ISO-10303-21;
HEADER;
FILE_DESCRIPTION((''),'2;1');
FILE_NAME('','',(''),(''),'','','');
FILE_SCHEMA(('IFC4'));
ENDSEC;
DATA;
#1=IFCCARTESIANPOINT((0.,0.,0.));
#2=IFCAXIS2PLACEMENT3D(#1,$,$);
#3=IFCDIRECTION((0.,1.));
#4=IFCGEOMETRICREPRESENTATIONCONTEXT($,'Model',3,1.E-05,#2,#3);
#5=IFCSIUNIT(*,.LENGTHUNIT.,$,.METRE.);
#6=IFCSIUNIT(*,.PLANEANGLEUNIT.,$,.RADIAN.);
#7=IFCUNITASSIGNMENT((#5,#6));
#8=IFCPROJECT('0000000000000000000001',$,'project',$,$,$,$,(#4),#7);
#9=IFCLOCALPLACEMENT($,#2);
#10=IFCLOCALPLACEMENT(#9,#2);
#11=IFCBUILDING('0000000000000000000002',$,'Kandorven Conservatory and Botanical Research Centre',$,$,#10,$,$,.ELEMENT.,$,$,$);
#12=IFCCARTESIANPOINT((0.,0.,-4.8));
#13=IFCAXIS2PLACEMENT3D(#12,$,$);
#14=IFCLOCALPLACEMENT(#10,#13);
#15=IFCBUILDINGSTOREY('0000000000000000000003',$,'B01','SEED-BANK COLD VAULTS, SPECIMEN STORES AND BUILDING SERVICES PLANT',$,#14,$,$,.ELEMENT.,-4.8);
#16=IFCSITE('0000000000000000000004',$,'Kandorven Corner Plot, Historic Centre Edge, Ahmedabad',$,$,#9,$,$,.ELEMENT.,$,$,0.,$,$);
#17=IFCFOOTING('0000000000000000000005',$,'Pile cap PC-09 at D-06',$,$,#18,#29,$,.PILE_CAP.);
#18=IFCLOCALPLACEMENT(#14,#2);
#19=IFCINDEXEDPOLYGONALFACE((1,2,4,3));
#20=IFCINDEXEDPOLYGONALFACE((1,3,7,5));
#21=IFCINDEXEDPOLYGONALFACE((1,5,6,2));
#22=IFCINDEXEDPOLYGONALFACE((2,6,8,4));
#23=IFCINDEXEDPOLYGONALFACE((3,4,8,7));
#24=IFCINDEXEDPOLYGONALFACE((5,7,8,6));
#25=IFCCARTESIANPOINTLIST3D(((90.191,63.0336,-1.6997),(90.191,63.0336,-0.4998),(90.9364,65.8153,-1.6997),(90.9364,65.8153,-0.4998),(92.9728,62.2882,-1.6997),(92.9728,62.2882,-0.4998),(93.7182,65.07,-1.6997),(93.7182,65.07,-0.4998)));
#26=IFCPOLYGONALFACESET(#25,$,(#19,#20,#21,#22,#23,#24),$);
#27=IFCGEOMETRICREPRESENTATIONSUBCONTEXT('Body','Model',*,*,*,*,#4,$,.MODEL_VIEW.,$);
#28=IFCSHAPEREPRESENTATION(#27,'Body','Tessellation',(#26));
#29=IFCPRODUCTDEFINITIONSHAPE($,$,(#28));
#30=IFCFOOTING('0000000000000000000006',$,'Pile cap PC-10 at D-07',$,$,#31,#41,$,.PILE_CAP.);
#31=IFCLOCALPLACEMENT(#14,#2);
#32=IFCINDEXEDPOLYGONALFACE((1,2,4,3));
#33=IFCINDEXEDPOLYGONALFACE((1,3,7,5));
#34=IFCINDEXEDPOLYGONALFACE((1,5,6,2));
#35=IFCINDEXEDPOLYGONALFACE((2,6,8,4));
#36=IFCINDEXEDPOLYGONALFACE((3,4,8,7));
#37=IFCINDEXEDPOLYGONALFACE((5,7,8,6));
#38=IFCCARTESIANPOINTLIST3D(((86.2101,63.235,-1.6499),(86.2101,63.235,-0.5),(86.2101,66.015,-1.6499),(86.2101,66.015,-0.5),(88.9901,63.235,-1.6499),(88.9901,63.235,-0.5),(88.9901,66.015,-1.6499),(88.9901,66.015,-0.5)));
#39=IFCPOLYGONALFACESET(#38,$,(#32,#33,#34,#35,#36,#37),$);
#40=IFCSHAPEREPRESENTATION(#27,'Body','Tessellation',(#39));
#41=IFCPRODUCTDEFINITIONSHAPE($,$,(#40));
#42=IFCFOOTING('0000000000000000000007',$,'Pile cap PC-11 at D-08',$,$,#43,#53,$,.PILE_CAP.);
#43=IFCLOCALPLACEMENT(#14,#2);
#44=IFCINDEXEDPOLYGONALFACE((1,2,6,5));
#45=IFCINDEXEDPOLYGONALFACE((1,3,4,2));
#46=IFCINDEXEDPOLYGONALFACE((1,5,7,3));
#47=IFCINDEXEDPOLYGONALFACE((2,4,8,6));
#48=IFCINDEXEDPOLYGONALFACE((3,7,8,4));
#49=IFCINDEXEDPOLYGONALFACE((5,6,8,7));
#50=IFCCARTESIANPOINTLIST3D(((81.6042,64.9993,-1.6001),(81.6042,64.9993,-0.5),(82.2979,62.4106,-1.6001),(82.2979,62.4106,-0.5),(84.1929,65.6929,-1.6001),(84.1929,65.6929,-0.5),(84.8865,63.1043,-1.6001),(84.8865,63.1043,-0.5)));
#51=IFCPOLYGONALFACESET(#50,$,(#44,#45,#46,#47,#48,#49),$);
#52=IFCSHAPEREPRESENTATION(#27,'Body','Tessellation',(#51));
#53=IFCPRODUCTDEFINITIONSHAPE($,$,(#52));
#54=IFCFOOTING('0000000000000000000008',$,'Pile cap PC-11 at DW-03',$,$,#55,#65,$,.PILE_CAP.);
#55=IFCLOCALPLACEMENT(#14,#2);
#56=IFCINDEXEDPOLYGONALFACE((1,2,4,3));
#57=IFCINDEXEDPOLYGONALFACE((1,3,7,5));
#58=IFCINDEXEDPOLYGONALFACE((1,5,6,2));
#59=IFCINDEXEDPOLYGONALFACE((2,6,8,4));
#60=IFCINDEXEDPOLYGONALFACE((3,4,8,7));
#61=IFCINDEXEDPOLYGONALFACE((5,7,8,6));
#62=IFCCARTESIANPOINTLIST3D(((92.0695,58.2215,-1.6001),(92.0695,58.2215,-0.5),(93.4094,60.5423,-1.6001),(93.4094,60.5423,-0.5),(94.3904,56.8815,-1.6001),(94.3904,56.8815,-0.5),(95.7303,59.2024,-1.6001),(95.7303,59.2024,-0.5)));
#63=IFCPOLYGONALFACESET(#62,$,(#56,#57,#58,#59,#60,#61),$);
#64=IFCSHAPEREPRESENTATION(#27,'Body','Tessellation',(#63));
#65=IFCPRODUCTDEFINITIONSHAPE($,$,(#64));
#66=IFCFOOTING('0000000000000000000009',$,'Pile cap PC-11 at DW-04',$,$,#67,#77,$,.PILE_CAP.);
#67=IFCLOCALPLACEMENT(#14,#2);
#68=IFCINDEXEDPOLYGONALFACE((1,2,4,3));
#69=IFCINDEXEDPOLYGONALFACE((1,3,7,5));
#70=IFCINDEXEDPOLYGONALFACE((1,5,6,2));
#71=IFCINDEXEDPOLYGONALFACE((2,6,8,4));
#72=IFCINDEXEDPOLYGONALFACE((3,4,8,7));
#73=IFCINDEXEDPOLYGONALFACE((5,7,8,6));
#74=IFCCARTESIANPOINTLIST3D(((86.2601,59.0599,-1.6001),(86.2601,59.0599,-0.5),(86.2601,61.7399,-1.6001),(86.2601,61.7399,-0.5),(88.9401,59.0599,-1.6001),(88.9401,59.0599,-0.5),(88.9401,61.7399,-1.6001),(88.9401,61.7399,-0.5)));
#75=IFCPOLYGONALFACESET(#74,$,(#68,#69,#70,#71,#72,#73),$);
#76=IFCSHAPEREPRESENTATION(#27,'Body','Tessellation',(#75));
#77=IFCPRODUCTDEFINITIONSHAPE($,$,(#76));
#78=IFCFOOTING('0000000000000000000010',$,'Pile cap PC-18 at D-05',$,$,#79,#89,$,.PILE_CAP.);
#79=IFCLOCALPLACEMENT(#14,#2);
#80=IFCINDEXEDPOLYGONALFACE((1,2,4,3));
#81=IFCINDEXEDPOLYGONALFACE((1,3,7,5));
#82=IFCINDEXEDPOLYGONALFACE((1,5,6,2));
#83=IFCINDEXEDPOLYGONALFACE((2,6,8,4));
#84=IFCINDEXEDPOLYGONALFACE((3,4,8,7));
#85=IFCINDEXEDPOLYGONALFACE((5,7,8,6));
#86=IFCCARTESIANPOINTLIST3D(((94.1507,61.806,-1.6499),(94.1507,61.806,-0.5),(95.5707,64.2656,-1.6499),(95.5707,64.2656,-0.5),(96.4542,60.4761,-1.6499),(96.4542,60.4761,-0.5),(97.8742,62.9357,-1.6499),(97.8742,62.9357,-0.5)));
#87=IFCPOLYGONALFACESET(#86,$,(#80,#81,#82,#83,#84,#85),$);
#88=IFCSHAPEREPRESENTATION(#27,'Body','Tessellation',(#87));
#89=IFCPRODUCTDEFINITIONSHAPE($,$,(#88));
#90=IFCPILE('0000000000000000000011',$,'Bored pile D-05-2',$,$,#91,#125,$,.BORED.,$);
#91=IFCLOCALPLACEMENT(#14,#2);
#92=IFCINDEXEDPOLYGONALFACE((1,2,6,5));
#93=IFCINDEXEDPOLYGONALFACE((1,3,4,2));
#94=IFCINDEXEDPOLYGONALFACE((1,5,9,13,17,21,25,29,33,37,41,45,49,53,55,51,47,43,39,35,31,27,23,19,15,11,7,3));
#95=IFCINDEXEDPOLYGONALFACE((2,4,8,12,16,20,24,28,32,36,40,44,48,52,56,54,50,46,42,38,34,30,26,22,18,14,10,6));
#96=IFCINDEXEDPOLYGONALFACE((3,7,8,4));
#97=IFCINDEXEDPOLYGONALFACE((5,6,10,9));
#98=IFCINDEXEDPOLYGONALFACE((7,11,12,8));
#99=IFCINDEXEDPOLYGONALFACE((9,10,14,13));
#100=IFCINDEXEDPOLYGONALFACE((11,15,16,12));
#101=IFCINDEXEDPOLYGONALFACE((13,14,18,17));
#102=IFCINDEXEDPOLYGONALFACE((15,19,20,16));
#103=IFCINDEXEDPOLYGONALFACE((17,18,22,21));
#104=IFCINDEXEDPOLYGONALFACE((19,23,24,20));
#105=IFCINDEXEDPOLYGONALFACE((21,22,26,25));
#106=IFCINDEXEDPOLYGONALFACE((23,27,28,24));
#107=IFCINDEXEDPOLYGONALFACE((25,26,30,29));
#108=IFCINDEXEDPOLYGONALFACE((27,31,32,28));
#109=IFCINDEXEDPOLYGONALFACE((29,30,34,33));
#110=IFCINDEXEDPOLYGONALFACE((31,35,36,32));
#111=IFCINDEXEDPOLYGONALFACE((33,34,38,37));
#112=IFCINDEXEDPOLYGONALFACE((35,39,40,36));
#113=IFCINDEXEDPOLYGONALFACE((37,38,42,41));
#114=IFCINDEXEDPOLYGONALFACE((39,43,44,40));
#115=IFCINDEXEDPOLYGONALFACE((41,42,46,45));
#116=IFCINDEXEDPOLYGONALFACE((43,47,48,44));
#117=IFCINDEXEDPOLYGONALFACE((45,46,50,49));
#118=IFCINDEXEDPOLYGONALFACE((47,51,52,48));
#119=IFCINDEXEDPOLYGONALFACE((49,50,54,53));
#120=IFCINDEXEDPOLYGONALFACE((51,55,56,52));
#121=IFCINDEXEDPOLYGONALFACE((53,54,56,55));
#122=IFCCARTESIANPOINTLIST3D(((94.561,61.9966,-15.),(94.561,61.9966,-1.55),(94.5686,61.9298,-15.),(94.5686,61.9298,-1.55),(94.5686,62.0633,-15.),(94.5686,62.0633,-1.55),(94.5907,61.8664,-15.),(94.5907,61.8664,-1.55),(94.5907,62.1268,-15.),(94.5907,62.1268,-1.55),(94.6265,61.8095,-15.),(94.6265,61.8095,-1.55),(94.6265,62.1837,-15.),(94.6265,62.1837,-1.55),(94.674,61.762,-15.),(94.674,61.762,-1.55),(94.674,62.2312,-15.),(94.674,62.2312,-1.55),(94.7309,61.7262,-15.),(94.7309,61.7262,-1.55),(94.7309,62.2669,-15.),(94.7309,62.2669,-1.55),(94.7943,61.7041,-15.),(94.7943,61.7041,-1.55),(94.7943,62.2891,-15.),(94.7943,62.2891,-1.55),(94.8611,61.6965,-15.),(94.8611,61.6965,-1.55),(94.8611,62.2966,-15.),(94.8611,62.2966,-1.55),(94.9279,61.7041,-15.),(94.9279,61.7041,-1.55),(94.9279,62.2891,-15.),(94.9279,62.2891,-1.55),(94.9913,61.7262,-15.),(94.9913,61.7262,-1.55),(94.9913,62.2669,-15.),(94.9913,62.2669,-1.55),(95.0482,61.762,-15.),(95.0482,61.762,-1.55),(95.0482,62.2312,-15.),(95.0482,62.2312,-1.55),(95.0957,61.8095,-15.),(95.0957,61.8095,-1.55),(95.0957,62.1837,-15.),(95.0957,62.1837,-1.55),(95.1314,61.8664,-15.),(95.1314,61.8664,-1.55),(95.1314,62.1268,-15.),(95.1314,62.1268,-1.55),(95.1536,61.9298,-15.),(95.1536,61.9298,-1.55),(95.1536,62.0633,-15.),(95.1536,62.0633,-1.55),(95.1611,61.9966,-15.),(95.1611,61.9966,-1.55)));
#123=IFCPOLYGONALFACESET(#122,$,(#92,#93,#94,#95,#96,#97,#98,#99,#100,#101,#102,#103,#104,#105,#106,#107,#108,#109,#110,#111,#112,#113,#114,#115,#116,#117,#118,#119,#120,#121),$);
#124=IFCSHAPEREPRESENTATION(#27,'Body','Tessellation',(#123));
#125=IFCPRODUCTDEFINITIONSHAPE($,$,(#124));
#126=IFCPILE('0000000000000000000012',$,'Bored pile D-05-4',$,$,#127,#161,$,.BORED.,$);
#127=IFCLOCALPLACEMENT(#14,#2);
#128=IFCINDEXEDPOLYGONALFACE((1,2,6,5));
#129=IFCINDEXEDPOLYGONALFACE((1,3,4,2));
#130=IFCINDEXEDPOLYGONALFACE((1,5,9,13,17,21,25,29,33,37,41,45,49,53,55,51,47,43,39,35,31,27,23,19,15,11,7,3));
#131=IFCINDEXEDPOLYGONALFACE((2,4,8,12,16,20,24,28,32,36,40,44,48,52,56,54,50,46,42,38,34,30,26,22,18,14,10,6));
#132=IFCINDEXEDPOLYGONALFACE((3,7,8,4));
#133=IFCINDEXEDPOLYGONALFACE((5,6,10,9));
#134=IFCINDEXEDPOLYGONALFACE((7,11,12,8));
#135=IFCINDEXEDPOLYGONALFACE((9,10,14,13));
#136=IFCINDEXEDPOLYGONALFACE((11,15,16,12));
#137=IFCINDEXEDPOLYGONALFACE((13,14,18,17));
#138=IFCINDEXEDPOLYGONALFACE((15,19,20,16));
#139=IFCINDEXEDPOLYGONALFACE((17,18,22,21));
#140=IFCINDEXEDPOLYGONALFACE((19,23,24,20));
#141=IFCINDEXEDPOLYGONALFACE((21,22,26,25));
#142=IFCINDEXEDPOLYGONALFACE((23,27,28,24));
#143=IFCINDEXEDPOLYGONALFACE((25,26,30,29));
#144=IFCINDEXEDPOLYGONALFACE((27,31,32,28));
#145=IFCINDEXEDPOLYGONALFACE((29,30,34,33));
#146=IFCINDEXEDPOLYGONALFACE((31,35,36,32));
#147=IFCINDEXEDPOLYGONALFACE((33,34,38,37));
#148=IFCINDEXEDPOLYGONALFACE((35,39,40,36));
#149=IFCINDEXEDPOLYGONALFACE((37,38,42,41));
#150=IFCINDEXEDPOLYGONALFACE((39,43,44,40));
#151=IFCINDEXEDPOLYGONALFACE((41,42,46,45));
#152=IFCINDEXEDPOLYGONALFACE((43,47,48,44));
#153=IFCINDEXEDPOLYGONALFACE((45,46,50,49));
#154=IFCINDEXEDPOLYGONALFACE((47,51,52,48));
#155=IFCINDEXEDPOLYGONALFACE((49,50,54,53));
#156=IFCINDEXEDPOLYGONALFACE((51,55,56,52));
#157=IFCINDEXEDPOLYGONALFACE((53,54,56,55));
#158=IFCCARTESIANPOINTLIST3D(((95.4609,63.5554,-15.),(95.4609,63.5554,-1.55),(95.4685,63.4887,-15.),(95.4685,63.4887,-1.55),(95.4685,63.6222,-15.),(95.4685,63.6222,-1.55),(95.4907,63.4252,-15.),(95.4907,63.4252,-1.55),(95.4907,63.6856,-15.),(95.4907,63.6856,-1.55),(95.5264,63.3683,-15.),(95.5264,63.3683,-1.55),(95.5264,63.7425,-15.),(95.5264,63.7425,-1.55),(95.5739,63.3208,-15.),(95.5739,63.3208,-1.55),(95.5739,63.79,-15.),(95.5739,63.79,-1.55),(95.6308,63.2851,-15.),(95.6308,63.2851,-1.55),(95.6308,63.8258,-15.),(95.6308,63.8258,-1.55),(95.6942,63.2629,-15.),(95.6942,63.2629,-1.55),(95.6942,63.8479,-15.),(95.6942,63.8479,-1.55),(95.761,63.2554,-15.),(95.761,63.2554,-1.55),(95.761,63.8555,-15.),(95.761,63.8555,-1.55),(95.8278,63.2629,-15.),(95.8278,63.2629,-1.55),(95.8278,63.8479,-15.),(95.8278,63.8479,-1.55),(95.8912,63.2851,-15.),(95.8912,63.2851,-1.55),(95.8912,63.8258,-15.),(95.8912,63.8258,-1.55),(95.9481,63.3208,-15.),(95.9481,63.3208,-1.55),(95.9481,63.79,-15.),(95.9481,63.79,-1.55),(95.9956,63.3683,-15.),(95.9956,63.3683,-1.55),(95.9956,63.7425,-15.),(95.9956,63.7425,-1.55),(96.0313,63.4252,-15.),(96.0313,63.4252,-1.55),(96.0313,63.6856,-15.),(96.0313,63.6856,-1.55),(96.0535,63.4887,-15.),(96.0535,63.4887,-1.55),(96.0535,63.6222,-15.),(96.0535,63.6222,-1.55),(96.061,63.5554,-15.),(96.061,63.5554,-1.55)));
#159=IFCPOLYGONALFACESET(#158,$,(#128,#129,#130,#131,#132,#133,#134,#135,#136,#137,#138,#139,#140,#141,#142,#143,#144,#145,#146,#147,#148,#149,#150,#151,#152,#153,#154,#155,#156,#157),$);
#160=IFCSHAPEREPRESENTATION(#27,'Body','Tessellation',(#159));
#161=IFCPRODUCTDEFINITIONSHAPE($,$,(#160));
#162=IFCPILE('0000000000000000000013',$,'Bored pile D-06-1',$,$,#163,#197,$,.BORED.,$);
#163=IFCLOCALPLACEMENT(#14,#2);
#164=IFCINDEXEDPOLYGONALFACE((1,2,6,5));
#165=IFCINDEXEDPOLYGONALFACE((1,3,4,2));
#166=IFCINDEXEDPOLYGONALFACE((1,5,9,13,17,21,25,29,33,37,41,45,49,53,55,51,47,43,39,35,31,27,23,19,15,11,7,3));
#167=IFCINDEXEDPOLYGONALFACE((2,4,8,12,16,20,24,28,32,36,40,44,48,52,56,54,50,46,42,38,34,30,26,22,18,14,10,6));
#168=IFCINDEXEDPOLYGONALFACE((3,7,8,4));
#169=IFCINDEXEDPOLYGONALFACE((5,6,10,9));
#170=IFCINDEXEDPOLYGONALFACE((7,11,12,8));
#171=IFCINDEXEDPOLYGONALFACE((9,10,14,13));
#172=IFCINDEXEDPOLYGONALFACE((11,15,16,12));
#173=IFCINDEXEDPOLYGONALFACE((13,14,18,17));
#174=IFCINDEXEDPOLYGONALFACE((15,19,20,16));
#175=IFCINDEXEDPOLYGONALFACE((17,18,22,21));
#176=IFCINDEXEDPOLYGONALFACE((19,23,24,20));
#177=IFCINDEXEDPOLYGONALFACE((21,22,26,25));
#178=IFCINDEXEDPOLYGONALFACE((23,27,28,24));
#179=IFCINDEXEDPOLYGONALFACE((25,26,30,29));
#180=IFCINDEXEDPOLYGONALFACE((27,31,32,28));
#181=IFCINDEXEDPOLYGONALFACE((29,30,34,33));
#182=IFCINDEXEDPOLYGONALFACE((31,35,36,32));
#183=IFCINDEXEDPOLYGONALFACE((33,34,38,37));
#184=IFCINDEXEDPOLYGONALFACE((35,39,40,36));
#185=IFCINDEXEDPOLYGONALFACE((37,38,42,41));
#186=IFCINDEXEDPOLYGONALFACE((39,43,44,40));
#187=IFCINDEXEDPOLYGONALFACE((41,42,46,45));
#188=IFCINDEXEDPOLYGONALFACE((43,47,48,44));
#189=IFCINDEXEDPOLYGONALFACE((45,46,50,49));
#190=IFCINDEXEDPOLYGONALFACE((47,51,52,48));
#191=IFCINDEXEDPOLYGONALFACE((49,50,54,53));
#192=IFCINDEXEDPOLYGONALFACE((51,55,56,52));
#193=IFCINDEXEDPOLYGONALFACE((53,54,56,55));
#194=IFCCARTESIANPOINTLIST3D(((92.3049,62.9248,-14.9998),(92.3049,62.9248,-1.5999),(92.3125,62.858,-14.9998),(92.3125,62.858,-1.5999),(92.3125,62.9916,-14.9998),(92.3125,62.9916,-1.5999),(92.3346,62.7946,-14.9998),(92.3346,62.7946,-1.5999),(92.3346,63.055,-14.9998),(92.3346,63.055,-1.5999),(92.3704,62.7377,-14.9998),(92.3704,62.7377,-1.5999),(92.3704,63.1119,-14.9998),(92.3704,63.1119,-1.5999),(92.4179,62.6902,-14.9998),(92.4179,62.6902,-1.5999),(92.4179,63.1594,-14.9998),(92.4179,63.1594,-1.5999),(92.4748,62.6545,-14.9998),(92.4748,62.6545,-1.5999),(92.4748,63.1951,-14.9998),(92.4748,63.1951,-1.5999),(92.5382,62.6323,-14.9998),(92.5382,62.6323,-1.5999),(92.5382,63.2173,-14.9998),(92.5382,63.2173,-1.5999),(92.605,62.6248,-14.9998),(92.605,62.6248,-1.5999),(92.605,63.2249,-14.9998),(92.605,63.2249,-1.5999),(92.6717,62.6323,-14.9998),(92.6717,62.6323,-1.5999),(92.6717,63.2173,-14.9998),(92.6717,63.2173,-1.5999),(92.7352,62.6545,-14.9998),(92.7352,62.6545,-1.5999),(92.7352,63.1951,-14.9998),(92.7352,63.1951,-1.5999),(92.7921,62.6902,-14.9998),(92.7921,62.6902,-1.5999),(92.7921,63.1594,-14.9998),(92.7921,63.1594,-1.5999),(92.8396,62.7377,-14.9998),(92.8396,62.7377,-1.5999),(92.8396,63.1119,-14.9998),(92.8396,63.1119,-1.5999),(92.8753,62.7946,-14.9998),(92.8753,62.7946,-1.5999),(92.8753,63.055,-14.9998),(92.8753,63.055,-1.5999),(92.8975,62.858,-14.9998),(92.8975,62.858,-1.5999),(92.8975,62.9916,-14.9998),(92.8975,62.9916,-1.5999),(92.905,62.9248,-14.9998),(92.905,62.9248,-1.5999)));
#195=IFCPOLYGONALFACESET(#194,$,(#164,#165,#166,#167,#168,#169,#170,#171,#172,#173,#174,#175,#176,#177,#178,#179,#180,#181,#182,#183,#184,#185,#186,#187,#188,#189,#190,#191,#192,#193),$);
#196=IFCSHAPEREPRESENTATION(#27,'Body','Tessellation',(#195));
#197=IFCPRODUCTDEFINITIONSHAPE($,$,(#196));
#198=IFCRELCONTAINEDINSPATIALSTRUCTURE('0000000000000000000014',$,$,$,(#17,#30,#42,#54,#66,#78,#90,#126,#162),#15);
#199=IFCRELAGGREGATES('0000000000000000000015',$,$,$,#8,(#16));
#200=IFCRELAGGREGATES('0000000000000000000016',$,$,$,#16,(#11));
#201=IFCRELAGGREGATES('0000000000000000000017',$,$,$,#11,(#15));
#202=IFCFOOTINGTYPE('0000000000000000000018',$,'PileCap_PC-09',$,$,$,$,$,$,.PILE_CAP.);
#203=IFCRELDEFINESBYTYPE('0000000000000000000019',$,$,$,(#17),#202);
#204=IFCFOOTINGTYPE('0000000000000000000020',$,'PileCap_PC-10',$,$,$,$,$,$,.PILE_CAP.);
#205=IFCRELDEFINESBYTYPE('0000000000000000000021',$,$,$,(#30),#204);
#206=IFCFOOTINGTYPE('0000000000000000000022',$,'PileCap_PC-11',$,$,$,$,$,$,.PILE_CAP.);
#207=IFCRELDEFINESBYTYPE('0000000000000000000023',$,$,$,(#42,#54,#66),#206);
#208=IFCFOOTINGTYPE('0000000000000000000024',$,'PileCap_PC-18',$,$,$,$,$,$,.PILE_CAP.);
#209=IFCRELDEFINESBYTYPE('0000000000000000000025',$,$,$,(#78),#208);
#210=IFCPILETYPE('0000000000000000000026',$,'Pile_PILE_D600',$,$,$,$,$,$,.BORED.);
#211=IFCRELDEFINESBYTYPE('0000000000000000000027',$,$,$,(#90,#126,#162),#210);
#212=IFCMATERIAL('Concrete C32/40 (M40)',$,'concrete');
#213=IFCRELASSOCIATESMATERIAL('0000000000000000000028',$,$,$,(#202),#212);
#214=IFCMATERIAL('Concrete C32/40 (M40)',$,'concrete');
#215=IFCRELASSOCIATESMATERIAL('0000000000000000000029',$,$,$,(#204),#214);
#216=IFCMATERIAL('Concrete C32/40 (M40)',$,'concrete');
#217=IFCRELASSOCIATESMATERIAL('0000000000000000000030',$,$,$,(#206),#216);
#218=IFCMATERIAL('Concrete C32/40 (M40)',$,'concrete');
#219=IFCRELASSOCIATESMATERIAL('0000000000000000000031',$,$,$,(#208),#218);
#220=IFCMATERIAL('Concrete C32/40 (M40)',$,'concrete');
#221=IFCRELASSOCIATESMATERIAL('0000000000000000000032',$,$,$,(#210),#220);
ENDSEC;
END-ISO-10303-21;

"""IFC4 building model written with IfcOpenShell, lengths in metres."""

from ifc_helpers import new_model, si_unit, direction, frame, origin, origin_2d, place, context, subcontext, project, spatial, rectangle, circle, extrude, material, material_profile, profile_set, type_object, element, save


model = new_model("IFC4")

# Units and contexts
model_context = context("Model", 3, precision=1e-05, world=origin(), true_north=direction((0.0, 1.0)))
body_context = subcontext(model_context, "Body", "Model", "MODEL_VIEW")
ifc_project = project(units=[si_unit("LENGTHUNIT", "METRE"), si_unit("PLANEANGLEUNIT", "RADIAN")], contexts=[model_context])

# Site, building, storey
site_placement = place(None, origin())
site = spatial("IfcSite", under=ifc_project, at=site_placement, Name="Kandorven Corner Plot, Historic Centre Edge, Ahmedabad", CompositionType="ELEMENT", RefElevation=0.0)
building_placement = place(site_placement, origin())
building = spatial("IfcBuilding", under=site, at=building_placement, Name="Kandorven Conservatory and Botanical Research Centre", CompositionType="ELEMENT")
storey_placement = place(building_placement, frame((0.0, 0.0, -4.8)))
storey = spatial("IfcBuildingStorey", under=building, at=storey_placement, Name="B01", Description="SEED-BANK COLD VAULTS, SPECIMEN STORES AND BUILDING SERVICES PLANT", CompositionType="ELEMENT", Elevation=-4.8)

# Footings
ifc_material_1 = material(Name="Concrete C32/40 (M40)", Category="concrete")
footing_type_1 = type_object("IfcFootingType", Name="PileCap_PC-09", PredefinedType="PILE_CAP", material=ifc_material_1)
footing_1_placement = place(storey_placement, frame((91.9546, 64.0518, -1.6997), z_axis=(0.0, 0.0, 1.0), x_axis=(0.258819, 0.965926, 0.0)))
element("IfcFooting", 1, at=footing_1_placement, inside=storey, type_object=footing_type_1, Name="Pile cap PC-09 at D-06", PredefinedType="PILE_CAP", context=body_context, shape_type="SweptSolid", body=[
    extrude(rectangle(XDim=2.8799, YDim=2.8799, at=origin_2d()), origin(), (0.0, 0.0, 1.0), 1.2),
])
ifc_material_2 = material(Name="Concrete C32/40 (M40)", Category="concrete")
footing_type_2 = type_object("IfcFootingType", Name="PileCap_PC-10", PredefinedType="PILE_CAP", material=ifc_material_2)
footing_2_placement = place(storey_placement, frame((87.6001, 64.625, -1.6499), z_axis=(0.0, 0.0, 1.0), x_axis=(0.0, 1.0, 0.0)))
element("IfcFooting", 2, at=footing_2_placement, inside=storey, type_object=footing_type_2, Name="Pile cap PC-10 at D-07", PredefinedType="PILE_CAP", context=body_context, shape_type="SweptSolid", body=[
    extrude(rectangle(XDim=2.78, YDim=2.78, at=origin_2d()), origin(), (0.0, 0.0, 1.0), 1.1499),
])
ifc_material_3 = material(Name="Concrete C32/40 (M40)", Category="concrete")
footing_type_3 = type_object("IfcFootingType", Name="PileCap_PC-11", PredefinedType="PILE_CAP", material=ifc_material_3)
for number, where, z_axis, x_axis, name in (
    (3, (83.2454, 64.0518, -1.6001), (0.0, 0.0, 1.0), (-0.258819, 0.965926, 0.0), "Pile cap PC-11 at D-08"),
    (4, (93.8999, 58.7119, -1.6001), (0.0, 0.0, 1.0), (0.5, 0.866025, 0.0), "Pile cap PC-11 at DW-03"),
    (5, (87.6001, 60.3999, -1.6001), (0.0, 0.0, 1.0), (0.0, 1.0, 0.0), "Pile cap PC-11 at DW-04"),
):
    element("IfcFooting", number, at=place(storey_placement, frame(where, z_axis=z_axis, x_axis=x_axis)), inside=storey, type_object=footing_type_3, Name=name, PredefinedType="PILE_CAP", context=body_context, shape_type="SweptSolid", body=[
        extrude(rectangle(XDim=2.6799, YDim=2.6799, at=origin_2d()), origin(), (0.0, 0.0, 1.0), 1.1001),
    ])
ifc_material_4 = material(Name="Concrete C32/40 (M40)", Category="concrete")
footing_type_4 = type_object("IfcFootingType", Name="PileCap_PC-18", PredefinedType="PILE_CAP", material=ifc_material_4)
footing_3_placement = place(storey_placement, frame((96.0125, 62.3708, -1.6499), z_axis=(0.0, 0.0, 1.0), x_axis=(0.5, 0.866025, 0.0)))
element("IfcFooting", 6, at=footing_3_placement, inside=storey, type_object=footing_type_4, Name="Pile cap PC-18 at D-05", PredefinedType="PILE_CAP", context=body_context, shape_type="SweptSolid", body=[
    extrude(rectangle(XDim=2.8401, YDim=2.6599, at=origin_2d()), origin(), (0.0, 0.0, 1.0), 1.1499),
])

# Piles
ifc_material_5 = material(Name="Concrete C32/40 (M40)", Category="concrete")
ifc_material_profile_1 = material_profile(ifc_material_5, circle(Radius=0.3, at=origin_2d()))
ifc_profile_set_1 = profile_set([ifc_material_profile_1], Name="Concrete C32/40 (M40)")
pile_type = type_object("IfcPileType", Name="Pile_PILE_D600", PredefinedType="BORED", material=ifc_profile_set_1)
for number, where, z_axis, x_axis, name in (
    (7, (94.8611, 61.9966, -1.55), (0.0, 0.0, -1.0), (1.0, 0.0, 0.0), "Bored pile D-05-2"),
    (8, (95.761, 63.5554, -1.55), (0.0, 0.0, -1.0), (1.0, 0.0, 0.0), "Bored pile D-05-4"),
):
    element("IfcPile", number, at=place(storey_placement, frame(where, z_axis=z_axis, x_axis=x_axis)), inside=storey, type_object=pile_type, Name=name, PredefinedType="BORED", context=body_context, shape_type="SweptSolid", body=[
        extrude(circle(Radius=0.3, at=origin_2d()), origin(), (0.0, 0.0, 1.0), 13.45),
    ])
for number, where, z_axis, x_axis, name in (
    (9, (92.605, 62.9248, -1.5999), (0.0, 0.0, -1.0), (1.0, 0.0, 0.0), "Bored pile D-06-1"),
):
    element("IfcPile", number, at=place(storey_placement, frame(where, z_axis=z_axis, x_axis=x_axis)), inside=storey, type_object=pile_type, Name=name, PredefinedType="BORED", context=body_context, shape_type="SweptSolid", body=[
        extrude(circle(Radius=0.3, at=origin_2d()), origin(), (0.0, 0.0, 1.0), 13.3999),
    ])

save(model, "model.ifc")
